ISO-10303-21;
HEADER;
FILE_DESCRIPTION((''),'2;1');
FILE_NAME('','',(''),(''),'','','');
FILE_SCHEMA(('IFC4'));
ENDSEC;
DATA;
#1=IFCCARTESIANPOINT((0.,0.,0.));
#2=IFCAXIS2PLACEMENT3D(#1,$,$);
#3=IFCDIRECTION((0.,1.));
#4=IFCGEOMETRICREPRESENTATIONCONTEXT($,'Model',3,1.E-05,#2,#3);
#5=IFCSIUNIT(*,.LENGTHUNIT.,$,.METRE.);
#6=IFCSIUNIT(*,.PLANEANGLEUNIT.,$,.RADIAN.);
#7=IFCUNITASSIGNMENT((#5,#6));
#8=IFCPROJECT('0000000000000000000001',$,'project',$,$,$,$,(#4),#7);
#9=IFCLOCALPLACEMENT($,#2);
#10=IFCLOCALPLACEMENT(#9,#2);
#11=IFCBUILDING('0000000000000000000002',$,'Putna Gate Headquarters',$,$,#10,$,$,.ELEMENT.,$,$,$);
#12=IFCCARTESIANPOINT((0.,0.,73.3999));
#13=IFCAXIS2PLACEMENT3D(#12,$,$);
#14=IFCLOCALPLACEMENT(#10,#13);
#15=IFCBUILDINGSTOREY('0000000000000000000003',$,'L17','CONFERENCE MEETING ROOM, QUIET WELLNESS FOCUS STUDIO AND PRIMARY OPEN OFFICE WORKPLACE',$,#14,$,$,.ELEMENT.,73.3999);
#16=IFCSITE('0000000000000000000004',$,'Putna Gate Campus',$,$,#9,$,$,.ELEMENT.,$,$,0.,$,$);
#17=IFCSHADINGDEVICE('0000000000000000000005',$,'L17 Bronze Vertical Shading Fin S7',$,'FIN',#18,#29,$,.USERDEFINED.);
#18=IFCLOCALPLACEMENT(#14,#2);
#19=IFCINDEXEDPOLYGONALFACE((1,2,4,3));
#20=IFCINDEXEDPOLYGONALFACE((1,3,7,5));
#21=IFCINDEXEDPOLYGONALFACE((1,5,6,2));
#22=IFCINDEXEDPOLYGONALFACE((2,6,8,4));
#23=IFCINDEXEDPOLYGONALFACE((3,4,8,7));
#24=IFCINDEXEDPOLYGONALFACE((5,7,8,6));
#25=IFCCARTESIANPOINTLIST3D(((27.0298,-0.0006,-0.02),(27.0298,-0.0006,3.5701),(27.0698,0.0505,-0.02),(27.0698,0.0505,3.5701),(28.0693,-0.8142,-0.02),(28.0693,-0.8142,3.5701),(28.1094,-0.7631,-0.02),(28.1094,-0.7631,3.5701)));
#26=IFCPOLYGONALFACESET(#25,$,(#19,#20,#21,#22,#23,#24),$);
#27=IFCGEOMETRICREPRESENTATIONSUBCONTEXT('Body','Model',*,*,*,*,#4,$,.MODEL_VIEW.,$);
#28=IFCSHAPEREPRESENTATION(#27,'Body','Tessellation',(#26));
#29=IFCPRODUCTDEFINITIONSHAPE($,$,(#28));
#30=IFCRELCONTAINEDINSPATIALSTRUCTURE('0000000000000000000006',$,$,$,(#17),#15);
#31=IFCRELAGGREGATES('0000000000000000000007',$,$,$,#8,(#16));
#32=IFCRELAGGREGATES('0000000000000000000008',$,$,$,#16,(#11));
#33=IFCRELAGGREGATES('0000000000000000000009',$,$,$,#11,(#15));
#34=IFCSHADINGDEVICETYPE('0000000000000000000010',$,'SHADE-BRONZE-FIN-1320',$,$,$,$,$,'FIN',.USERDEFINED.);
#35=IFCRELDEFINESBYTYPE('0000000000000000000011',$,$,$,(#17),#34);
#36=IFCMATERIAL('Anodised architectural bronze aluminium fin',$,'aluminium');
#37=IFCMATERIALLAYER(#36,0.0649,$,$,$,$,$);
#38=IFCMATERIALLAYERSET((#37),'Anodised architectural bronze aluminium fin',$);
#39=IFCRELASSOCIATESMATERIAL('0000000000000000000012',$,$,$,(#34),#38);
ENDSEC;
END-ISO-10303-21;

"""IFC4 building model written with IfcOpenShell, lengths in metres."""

from ifc_helpers import new_model, si_unit, direction, frame, origin, origin_2d, place, context, subcontext, project, spatial, rectangle, extrude, material, layer, layer_set, type_object, element, save


model = new_model("IFC4")

# Units and contexts
model_context = context("Model", 3, precision=1e-05, world=origin(), true_north=direction((0.0, 1.0)))
body_context = subcontext(model_context, "Body", "Model", "MODEL_VIEW")
ifc_project = project(units=[si_unit("LENGTHUNIT", "METRE"), si_unit("PLANEANGLEUNIT", "RADIAN")], contexts=[model_context])

# Site, building, storey
site_placement = place(None, origin())
site = spatial("IfcSite", under=ifc_project, at=site_placement, Name="Putna Gate Campus", CompositionType="ELEMENT", RefElevation=0.0)
building_placement = place(site_placement, origin())
building = spatial("IfcBuilding", under=site, at=building_placement, Name="Putna Gate Headquarters", CompositionType="ELEMENT")
storey_placement = place(building_placement, frame((0.0, 0.0, 73.3999)))
storey = spatial("IfcBuildingStorey", under=building, at=storey_placement, Name="L17", Description="CONFERENCE MEETING ROOM, QUIET WELLNESS FOCUS STUDIO AND PRIMARY OPEN OFFICE WORKPLACE", CompositionType="ELEMENT", Elevation=73.3999)

# Shading device
ifc_material_1 = material(Name="Anodised architectural bronze aluminium fin", Category="aluminium")
ifc_layer_1 = layer(ifc_material_1, 0.0649)
ifc_layer_set_1 = layer_set([ifc_layer_1], Name="Anodised architectural bronze aluminium fin")
shading_device_type = type_object("IfcShadingDeviceType", Name="SHADE-BRONZE-FIN-1320", ElementType="FIN", PredefinedType="USERDEFINED", material=ifc_layer_set_1)
for number, where, z_axis, x_axis, name in (
    (1, (27.5696, -0.3818, -0.02), (0.0, 0.0, 1.0), (0.787473, -0.616349, 0.0), "L17 Bronze Vertical Shading Fin S7"),
):
    element("IfcShadingDevice", number, at=place(storey_placement, frame(where, z_axis=z_axis, x_axis=x_axis)), inside=storey, type_object=shading_device_type, Name=name, ObjectType="FIN", PredefinedType="USERDEFINED", context=body_context, shape_type="SweptSolid", body=[
        extrude(rectangle(XDim=1.3201, YDim=0.0649, at=origin_2d()), origin(), (0.0, 0.0, 1.0), 3.5901),
    ])

save(model, "model.ifc")
